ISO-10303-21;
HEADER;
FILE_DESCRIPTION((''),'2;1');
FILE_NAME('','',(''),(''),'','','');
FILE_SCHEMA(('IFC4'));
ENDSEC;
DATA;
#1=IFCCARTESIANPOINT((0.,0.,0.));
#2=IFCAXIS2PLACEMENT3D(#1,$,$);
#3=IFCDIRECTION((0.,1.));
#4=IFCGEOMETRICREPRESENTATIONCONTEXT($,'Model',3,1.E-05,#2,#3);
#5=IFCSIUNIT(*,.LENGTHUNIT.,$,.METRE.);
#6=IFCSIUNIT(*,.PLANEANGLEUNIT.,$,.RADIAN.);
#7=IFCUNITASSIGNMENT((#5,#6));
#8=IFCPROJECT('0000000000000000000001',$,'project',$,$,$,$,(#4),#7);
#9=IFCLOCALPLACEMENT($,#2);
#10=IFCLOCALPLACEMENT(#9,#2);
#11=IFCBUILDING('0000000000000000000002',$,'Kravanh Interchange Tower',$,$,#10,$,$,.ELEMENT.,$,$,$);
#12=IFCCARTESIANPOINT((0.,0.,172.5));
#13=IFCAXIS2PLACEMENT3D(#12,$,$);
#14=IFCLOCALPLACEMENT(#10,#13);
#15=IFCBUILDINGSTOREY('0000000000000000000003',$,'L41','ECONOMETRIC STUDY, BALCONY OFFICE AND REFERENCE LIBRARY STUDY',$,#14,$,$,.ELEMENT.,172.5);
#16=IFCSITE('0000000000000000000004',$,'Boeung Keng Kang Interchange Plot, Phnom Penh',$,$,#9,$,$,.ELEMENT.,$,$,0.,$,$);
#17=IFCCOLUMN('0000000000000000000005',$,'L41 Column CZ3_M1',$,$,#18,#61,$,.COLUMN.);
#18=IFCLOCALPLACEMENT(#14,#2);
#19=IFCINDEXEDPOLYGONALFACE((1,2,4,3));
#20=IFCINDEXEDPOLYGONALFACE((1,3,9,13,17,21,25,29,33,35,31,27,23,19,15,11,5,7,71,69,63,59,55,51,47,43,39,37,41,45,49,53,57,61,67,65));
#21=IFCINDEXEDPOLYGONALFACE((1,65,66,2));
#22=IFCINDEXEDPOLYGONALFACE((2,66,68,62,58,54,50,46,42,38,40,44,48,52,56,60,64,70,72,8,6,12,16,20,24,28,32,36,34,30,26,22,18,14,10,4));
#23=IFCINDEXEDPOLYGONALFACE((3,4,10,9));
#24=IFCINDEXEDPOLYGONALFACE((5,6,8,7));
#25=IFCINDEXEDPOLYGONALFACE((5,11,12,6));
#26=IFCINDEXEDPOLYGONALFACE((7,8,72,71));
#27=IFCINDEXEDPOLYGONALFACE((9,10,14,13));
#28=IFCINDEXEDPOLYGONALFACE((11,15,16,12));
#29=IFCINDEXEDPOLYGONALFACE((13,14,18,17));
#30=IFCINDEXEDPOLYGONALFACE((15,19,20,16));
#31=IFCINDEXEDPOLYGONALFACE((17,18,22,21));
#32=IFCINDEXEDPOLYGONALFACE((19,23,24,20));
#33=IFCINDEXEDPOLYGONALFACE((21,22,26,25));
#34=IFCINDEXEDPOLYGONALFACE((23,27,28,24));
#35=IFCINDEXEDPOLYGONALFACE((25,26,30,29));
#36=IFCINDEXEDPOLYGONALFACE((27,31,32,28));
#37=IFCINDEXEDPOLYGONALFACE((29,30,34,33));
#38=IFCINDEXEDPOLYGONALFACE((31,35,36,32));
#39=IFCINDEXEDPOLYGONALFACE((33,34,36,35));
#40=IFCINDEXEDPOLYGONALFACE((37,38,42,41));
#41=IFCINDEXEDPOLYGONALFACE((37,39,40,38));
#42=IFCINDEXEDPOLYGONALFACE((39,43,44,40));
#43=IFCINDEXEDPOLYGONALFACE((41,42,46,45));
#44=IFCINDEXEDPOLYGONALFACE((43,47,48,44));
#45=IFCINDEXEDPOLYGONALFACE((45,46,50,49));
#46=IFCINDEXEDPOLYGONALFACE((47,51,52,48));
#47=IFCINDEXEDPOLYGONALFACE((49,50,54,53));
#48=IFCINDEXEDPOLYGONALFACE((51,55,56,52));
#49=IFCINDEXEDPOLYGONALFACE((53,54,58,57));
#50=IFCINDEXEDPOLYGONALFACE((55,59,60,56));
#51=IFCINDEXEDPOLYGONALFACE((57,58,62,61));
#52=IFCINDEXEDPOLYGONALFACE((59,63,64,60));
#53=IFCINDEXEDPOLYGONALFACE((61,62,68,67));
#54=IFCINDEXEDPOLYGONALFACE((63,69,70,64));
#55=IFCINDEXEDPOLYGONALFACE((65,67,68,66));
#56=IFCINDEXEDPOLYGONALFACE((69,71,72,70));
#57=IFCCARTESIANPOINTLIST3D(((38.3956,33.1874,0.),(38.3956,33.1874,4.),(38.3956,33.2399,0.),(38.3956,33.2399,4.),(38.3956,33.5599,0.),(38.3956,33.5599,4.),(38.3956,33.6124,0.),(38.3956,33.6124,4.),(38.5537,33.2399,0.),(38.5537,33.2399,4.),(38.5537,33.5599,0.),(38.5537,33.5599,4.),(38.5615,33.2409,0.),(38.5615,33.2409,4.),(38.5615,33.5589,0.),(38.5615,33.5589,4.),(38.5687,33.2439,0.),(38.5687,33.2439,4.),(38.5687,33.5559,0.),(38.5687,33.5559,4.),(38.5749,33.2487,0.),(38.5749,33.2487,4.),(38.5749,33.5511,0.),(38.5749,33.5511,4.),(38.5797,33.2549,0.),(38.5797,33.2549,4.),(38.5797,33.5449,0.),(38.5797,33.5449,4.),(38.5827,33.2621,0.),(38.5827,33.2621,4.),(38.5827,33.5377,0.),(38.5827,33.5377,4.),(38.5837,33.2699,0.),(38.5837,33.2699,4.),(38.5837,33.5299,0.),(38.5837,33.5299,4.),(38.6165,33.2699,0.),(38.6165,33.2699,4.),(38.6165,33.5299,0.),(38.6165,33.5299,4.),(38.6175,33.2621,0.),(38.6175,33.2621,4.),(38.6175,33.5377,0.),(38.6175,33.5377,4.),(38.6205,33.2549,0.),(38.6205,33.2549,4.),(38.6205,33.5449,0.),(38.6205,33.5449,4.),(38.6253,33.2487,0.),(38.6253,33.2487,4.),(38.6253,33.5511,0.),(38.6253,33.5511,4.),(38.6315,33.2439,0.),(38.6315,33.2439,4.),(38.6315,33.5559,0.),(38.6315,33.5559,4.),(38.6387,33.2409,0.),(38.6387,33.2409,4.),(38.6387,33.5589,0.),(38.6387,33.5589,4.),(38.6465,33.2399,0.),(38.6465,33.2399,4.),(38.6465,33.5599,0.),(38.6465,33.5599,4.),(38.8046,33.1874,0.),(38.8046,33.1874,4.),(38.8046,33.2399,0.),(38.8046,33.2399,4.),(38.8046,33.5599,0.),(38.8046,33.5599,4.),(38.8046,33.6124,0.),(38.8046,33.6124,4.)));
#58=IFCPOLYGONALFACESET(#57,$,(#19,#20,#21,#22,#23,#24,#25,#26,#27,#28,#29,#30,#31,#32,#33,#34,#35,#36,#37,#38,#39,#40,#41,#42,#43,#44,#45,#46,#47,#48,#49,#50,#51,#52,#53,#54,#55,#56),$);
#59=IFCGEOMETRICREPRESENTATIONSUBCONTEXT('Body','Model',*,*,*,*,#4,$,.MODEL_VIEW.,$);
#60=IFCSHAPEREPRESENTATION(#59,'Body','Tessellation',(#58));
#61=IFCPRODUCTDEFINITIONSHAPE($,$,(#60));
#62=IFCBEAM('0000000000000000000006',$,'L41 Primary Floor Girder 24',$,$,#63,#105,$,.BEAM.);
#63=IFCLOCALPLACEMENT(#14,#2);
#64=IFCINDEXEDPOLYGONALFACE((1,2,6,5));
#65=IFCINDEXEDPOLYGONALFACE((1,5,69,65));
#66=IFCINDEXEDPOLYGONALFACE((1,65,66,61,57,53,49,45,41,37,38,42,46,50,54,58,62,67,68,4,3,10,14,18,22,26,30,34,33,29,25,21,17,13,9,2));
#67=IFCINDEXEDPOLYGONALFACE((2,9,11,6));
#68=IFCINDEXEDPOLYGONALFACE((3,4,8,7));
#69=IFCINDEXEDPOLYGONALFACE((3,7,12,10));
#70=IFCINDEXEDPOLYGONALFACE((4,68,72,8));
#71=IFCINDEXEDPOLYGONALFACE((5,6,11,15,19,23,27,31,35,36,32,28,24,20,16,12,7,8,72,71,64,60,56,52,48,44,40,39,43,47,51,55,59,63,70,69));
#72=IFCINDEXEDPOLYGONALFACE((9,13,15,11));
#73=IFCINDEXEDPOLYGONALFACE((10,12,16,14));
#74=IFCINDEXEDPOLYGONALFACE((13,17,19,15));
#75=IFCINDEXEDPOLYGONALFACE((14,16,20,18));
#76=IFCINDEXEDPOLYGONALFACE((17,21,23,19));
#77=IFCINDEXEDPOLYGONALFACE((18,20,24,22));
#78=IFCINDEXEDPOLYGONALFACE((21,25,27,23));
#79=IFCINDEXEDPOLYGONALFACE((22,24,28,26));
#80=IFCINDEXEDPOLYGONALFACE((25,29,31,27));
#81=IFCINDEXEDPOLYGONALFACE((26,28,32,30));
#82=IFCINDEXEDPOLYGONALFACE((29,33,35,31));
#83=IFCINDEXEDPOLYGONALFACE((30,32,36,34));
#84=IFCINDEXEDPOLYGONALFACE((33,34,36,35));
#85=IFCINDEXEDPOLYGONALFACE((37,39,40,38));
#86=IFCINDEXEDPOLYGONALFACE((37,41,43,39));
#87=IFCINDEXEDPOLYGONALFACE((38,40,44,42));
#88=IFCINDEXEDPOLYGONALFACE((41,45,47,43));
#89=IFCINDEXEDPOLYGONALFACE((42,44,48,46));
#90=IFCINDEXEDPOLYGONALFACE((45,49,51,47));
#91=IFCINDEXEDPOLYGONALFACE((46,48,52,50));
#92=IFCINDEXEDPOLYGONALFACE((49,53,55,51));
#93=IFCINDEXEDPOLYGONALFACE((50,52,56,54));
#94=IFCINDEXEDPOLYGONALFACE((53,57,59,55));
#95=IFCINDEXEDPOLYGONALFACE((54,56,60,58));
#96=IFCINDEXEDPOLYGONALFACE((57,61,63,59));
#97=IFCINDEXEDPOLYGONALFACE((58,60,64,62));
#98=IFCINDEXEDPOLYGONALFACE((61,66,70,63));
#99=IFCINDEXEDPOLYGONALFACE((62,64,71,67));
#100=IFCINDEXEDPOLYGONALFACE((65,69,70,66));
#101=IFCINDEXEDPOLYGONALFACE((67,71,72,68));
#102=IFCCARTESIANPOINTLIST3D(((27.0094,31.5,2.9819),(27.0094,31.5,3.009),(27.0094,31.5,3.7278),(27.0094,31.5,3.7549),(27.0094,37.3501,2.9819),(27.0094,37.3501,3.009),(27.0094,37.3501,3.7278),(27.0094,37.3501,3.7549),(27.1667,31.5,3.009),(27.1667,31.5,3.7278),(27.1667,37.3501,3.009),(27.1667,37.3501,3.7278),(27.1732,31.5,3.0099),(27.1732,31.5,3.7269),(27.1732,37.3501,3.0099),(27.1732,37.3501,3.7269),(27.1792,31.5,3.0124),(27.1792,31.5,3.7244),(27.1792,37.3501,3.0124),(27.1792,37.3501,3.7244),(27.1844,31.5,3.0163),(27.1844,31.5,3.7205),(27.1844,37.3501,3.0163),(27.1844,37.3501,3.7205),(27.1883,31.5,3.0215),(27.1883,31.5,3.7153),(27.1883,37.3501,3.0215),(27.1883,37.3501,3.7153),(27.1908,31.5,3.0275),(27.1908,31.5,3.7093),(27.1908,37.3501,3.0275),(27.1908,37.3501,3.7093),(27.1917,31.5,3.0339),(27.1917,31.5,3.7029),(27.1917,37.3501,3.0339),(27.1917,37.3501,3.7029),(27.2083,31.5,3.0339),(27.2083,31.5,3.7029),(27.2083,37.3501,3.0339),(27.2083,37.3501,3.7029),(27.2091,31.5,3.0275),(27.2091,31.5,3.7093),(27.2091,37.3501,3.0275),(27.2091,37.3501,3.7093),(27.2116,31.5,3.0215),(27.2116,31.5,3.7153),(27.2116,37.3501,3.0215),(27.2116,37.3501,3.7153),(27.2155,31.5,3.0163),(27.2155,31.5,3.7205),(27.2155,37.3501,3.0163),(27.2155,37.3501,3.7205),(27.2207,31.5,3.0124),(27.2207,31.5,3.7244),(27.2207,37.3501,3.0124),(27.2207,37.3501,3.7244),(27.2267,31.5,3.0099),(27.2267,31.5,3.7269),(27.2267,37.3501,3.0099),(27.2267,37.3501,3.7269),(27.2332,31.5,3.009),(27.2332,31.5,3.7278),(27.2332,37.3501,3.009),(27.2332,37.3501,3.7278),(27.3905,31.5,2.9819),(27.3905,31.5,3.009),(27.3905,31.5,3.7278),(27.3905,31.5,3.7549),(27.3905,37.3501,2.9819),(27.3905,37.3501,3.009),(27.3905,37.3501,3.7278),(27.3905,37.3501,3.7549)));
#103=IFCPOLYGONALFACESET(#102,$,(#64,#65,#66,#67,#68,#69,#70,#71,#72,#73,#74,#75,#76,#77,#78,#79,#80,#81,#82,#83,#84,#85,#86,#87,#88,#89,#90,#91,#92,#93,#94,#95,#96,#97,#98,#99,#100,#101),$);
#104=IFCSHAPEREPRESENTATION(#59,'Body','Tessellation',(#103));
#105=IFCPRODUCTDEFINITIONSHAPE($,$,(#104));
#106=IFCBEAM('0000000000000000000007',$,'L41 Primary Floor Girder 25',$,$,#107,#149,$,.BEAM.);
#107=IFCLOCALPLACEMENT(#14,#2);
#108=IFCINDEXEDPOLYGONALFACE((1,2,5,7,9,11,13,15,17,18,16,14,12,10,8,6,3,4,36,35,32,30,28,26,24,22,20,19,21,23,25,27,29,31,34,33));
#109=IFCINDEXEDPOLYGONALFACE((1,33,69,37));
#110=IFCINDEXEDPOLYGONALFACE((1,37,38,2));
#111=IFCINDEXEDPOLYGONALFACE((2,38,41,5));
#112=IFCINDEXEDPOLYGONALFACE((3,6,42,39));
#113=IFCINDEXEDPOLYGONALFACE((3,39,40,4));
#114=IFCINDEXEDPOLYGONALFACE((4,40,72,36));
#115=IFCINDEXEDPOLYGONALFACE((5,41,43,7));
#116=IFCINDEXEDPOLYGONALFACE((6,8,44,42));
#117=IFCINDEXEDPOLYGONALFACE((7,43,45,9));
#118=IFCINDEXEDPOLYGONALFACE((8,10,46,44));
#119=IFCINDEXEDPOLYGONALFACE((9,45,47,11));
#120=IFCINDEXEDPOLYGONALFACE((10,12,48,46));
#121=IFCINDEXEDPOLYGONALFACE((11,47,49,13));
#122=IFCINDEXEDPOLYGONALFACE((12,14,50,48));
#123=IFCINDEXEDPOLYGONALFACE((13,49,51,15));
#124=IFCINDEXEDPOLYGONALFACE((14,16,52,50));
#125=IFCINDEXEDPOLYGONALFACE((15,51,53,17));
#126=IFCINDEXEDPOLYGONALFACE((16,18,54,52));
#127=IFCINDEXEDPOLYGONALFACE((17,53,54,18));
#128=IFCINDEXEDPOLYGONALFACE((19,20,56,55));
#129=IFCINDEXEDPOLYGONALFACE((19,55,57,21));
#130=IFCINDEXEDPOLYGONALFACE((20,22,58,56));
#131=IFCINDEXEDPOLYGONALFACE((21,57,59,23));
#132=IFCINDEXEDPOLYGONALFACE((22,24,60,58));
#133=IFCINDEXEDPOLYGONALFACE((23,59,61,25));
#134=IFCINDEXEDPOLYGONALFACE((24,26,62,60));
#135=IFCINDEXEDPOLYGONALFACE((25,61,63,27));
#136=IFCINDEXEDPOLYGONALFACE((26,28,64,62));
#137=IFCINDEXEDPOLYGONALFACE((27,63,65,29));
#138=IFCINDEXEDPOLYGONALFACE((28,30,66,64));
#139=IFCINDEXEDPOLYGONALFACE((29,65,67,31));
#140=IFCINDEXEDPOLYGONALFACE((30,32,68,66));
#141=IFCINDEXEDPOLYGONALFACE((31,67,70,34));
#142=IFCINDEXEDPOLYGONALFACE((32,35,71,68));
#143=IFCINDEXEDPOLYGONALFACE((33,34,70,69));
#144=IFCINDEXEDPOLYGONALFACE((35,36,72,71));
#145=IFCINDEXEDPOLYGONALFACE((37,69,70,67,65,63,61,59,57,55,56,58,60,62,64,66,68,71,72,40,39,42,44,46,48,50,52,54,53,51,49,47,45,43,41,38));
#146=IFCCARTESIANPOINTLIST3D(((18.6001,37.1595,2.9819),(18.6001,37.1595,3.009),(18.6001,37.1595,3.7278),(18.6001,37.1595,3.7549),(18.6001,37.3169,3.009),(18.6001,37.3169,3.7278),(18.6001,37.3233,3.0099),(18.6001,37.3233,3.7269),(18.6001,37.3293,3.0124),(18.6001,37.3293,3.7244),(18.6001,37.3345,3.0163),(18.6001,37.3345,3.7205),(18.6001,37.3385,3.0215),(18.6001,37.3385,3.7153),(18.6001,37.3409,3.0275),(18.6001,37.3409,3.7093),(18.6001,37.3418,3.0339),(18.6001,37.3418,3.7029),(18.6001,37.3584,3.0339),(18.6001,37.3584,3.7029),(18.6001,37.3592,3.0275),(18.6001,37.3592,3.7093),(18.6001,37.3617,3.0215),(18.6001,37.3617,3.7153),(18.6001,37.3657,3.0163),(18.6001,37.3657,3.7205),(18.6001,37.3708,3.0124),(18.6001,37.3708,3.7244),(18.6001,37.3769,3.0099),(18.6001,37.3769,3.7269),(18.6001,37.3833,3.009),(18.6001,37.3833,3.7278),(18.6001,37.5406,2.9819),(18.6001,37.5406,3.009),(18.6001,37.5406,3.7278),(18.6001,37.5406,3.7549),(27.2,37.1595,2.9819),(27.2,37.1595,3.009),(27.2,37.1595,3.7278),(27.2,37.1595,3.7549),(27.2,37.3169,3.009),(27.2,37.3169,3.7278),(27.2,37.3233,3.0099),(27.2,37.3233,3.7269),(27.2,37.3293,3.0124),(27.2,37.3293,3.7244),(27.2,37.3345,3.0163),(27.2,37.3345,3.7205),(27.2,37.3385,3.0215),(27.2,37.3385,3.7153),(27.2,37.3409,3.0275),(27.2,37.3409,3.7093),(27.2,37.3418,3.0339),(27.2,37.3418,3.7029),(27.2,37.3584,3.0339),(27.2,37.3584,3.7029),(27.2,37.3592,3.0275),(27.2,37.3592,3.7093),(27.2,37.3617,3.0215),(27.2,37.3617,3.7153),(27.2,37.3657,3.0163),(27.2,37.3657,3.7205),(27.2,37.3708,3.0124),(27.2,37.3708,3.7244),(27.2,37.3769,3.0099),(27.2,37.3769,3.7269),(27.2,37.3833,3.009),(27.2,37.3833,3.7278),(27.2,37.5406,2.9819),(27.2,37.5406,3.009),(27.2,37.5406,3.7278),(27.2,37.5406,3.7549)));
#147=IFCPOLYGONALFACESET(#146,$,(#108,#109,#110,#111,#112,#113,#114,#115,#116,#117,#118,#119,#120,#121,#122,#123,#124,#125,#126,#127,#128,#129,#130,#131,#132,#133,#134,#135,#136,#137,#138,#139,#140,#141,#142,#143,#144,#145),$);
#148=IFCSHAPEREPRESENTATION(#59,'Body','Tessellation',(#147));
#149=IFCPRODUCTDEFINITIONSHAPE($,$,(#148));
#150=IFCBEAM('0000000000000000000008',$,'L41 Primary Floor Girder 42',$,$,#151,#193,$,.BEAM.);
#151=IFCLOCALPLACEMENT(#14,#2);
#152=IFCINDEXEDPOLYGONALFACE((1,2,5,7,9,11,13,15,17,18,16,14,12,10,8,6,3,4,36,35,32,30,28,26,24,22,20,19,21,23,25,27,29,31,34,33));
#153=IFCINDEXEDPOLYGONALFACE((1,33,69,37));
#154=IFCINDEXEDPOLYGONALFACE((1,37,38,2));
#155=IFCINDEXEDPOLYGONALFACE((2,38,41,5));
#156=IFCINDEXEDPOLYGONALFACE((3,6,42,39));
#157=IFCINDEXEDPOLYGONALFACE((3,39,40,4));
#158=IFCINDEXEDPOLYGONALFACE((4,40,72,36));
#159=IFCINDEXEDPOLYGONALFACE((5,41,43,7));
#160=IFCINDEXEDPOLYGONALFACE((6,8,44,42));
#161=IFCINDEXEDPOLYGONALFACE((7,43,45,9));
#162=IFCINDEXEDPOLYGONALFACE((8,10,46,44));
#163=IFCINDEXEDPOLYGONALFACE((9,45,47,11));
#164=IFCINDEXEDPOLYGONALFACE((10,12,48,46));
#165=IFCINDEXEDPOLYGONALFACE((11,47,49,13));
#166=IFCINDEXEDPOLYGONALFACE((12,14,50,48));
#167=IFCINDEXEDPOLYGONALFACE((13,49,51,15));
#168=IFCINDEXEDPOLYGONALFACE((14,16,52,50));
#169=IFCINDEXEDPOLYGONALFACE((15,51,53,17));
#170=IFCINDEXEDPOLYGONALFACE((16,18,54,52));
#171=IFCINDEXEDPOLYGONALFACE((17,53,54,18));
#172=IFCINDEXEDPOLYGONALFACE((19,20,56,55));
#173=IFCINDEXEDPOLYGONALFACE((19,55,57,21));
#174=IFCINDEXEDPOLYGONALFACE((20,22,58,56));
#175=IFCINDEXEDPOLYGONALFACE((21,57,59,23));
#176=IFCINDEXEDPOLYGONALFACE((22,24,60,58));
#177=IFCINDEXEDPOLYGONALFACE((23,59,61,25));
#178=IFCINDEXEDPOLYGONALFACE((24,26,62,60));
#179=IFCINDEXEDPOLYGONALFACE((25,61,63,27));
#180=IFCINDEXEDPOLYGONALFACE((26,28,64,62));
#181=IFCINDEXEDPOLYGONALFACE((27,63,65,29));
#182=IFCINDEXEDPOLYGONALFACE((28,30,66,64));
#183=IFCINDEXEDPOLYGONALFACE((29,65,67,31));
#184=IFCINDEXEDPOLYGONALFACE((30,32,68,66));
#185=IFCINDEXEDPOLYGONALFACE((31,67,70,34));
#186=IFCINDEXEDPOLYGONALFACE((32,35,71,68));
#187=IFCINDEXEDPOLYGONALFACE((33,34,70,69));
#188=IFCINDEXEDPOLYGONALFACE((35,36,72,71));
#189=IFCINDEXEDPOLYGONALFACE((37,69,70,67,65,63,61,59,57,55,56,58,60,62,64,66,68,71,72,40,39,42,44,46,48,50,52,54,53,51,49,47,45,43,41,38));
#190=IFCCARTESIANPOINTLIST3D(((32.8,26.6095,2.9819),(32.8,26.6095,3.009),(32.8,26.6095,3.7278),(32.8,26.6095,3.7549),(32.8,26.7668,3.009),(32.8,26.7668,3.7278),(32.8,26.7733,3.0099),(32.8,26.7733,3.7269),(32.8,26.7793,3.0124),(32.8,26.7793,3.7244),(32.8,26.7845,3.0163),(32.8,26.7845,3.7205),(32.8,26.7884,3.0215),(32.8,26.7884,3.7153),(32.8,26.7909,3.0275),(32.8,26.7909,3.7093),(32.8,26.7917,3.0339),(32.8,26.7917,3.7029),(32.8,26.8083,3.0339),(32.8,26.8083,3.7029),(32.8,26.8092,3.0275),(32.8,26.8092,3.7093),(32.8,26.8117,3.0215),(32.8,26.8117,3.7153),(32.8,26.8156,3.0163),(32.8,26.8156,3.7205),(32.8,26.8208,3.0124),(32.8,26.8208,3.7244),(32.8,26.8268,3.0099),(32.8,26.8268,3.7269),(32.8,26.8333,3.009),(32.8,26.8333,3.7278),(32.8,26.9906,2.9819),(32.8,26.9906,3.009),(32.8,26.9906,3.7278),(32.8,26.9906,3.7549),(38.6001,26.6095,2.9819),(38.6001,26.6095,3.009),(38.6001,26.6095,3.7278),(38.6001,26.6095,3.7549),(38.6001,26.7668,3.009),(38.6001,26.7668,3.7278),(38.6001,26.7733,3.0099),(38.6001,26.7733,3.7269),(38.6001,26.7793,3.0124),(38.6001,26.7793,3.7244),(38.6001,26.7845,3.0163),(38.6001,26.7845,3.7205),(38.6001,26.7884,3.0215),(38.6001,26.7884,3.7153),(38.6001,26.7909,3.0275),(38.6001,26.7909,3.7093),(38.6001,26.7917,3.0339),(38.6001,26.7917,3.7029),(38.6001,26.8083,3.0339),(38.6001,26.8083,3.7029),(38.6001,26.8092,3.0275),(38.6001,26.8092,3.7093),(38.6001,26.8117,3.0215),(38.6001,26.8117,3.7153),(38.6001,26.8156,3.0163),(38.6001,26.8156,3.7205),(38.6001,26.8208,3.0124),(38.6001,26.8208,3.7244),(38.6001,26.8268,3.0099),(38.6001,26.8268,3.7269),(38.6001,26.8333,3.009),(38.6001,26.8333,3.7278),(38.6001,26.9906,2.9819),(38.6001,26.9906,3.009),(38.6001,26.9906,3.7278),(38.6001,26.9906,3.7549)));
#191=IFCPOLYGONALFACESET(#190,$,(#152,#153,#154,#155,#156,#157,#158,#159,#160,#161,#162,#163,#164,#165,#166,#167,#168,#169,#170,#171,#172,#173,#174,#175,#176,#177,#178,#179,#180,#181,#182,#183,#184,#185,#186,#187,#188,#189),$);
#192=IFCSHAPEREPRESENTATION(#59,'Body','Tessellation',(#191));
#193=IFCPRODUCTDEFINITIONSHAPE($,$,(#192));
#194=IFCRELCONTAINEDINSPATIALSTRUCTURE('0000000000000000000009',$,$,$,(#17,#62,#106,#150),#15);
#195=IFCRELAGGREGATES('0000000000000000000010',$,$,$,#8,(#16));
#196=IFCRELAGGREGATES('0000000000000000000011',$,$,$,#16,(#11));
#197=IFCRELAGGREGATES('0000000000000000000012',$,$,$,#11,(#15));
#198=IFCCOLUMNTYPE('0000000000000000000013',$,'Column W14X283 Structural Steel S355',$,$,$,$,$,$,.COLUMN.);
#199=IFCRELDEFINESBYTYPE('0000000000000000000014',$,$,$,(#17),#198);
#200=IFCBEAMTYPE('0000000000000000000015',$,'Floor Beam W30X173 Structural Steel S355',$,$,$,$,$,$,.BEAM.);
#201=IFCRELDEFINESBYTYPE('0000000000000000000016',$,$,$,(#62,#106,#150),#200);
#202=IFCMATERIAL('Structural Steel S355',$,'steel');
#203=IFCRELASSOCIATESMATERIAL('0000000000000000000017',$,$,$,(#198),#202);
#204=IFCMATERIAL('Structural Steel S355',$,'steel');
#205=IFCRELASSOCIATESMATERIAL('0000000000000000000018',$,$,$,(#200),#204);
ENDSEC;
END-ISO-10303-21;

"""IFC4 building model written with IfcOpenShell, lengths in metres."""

from ifc_helpers import new_model, si_unit, direction, frame, origin, origin_2d, place, context, subcontext, project, spatial, i_section, extrude, material, material_profile, profile_set, type_object, element, save


model = new_model("IFC4")

# Units and contexts
model_context = context("Model", 3, precision=1e-05, world=origin(), true_north=direction((0.0, 1.0)))
body_context = subcontext(model_context, "Body", "Model", "MODEL_VIEW")
ifc_project = project(units=[si_unit("LENGTHUNIT", "METRE"), si_unit("PLANEANGLEUNIT", "RADIAN")], contexts=[model_context])

# Site, building, storey
site_placement = place(None, origin())
site = spatial("IfcSite", under=ifc_project, at=site_placement, Name="Boeung Keng Kang Interchange Plot, Phnom Penh", CompositionType="ELEMENT", RefElevation=0.0)
building_placement = place(site_placement, origin())
building = spatial("IfcBuilding", under=site, at=building_placement, Name="Kravanh Interchange Tower", CompositionType="ELEMENT")
storey_placement = place(building_placement, frame((0.0, 0.0, 172.5)))
storey = spatial("IfcBuildingStorey", under=building, at=storey_placement, Name="L41", Description="ECONOMETRIC STUDY, BALCONY OFFICE AND REFERENCE LIBRARY STUDY", CompositionType="ELEMENT", Elevation=172.5)

# Column
ifc_material_1 = material(Name="Structural Steel S355", Category="steel")
ifc_material_profile_1 = material_profile(ifc_material_1, i_section(OverallWidth=0.4089, OverallDepth=0.425, WebThickness=0.0327, FlangeThickness=0.0525, FilletRadius=0.03, at=origin_2d()), Name="W14X283")
ifc_profile_set_1 = profile_set([ifc_material_profile_1], Name="Structural Steel S355")
column_type_1 = type_object("IfcColumnType", Name="Column W14X283 Structural Steel S355", PredefinedType="COLUMN", material=ifc_profile_set_1)
for number, where, z_axis, x_axis, name in (
    (1, (38.6001, 33.3999, 0.0), (0.0, 0.0, 1.0), (1.0, 0.0, 0.0), "L41 Column CZ3_M1"),
):
    element("IfcColumn", number, at=place(storey_placement, frame(where, z_axis=z_axis, x_axis=x_axis)), inside=storey, type_object=column_type_1, Name=name, PredefinedType="COLUMN", context=body_context, shape_type="SweptSolid", body=[
        extrude(i_section(OverallWidth=0.4089, OverallDepth=0.425, WebThickness=0.0327, FlangeThickness=0.0525, FilletRadius=0.03, at=origin_2d()), origin(), (0.0, 0.0, 1.0), 4.0),
    ])

# Beams
ifc_material_2 = material(Name="Structural Steel S355", Category="steel")
ifc_material_profile_2 = material_profile(ifc_material_2, i_section(OverallWidth=0.3811, OverallDepth=0.7729, WebThickness=0.0166, FlangeThickness=0.0271, FilletRadius=0.0249, at=origin_2d()), Name="W30X173")
ifc_profile_set_2 = profile_set([ifc_material_profile_2], Name="Structural Steel S355")
beam_type_1 = type_object("IfcBeamType", Name="Floor Beam W30X173 Structural Steel S355", PredefinedType="BEAM", material=ifc_profile_set_2)
beam_1_placement = place(storey_placement, frame((27.2, 37.3501, 3.3684), z_axis=(0.0, -1.0, 0.0), x_axis=(1.0, 0.0, 0.0)))
element("IfcBeam", 2, at=beam_1_placement, inside=storey, type_object=beam_type_1, Name="L41 Primary Floor Girder 24", PredefinedType="BEAM", context=body_context, shape_type="SweptSolid", body=[
    extrude(i_section(OverallWidth=0.3811, OverallDepth=0.7729, WebThickness=0.0166, FlangeThickness=0.0271, FilletRadius=0.0249, at=origin_2d()), origin(), (0.0, 0.0, 1.0), 5.8501),
])
beam_2_placement = place(storey_placement, frame((27.2, 37.3501, 3.3684), z_axis=(-1.0, 0.0, 0.0), x_axis=(0.0, -1.0, 0.0)))
element("IfcBeam", 3, at=beam_2_placement, inside=storey, type_object=beam_type_1, Name="L41 Primary Floor Girder 25", PredefinedType="BEAM", context=body_context, shape_type="SweptSolid", body=[
    extrude(i_section(OverallWidth=0.3811, OverallDepth=0.7729, WebThickness=0.0166, FlangeThickness=0.0271, FilletRadius=0.0249, at=origin_2d()), origin(), (0.0, 0.0, 1.0), 8.5999),
])
beam_3_placement = place(storey_placement, frame((32.8, 26.8, 3.3684), z_axis=(1.0, 0.0, 0.0), x_axis=(0.0, 1.0, 0.0)))
element("IfcBeam", 4, at=beam_3_placement, inside=storey, type_object=beam_type_1, Name="L41 Primary Floor Girder 42", PredefinedType="BEAM", context=body_context, shape_type="SweptSolid", body=[
    extrude(i_section(OverallWidth=0.3811, OverallDepth=0.7729, WebThickness=0.0166, FlangeThickness=0.0271, FilletRadius=0.0249, at=origin_2d()), origin(), (0.0, 0.0, 1.0), 5.8),
])

save(model, "model.ifc")
